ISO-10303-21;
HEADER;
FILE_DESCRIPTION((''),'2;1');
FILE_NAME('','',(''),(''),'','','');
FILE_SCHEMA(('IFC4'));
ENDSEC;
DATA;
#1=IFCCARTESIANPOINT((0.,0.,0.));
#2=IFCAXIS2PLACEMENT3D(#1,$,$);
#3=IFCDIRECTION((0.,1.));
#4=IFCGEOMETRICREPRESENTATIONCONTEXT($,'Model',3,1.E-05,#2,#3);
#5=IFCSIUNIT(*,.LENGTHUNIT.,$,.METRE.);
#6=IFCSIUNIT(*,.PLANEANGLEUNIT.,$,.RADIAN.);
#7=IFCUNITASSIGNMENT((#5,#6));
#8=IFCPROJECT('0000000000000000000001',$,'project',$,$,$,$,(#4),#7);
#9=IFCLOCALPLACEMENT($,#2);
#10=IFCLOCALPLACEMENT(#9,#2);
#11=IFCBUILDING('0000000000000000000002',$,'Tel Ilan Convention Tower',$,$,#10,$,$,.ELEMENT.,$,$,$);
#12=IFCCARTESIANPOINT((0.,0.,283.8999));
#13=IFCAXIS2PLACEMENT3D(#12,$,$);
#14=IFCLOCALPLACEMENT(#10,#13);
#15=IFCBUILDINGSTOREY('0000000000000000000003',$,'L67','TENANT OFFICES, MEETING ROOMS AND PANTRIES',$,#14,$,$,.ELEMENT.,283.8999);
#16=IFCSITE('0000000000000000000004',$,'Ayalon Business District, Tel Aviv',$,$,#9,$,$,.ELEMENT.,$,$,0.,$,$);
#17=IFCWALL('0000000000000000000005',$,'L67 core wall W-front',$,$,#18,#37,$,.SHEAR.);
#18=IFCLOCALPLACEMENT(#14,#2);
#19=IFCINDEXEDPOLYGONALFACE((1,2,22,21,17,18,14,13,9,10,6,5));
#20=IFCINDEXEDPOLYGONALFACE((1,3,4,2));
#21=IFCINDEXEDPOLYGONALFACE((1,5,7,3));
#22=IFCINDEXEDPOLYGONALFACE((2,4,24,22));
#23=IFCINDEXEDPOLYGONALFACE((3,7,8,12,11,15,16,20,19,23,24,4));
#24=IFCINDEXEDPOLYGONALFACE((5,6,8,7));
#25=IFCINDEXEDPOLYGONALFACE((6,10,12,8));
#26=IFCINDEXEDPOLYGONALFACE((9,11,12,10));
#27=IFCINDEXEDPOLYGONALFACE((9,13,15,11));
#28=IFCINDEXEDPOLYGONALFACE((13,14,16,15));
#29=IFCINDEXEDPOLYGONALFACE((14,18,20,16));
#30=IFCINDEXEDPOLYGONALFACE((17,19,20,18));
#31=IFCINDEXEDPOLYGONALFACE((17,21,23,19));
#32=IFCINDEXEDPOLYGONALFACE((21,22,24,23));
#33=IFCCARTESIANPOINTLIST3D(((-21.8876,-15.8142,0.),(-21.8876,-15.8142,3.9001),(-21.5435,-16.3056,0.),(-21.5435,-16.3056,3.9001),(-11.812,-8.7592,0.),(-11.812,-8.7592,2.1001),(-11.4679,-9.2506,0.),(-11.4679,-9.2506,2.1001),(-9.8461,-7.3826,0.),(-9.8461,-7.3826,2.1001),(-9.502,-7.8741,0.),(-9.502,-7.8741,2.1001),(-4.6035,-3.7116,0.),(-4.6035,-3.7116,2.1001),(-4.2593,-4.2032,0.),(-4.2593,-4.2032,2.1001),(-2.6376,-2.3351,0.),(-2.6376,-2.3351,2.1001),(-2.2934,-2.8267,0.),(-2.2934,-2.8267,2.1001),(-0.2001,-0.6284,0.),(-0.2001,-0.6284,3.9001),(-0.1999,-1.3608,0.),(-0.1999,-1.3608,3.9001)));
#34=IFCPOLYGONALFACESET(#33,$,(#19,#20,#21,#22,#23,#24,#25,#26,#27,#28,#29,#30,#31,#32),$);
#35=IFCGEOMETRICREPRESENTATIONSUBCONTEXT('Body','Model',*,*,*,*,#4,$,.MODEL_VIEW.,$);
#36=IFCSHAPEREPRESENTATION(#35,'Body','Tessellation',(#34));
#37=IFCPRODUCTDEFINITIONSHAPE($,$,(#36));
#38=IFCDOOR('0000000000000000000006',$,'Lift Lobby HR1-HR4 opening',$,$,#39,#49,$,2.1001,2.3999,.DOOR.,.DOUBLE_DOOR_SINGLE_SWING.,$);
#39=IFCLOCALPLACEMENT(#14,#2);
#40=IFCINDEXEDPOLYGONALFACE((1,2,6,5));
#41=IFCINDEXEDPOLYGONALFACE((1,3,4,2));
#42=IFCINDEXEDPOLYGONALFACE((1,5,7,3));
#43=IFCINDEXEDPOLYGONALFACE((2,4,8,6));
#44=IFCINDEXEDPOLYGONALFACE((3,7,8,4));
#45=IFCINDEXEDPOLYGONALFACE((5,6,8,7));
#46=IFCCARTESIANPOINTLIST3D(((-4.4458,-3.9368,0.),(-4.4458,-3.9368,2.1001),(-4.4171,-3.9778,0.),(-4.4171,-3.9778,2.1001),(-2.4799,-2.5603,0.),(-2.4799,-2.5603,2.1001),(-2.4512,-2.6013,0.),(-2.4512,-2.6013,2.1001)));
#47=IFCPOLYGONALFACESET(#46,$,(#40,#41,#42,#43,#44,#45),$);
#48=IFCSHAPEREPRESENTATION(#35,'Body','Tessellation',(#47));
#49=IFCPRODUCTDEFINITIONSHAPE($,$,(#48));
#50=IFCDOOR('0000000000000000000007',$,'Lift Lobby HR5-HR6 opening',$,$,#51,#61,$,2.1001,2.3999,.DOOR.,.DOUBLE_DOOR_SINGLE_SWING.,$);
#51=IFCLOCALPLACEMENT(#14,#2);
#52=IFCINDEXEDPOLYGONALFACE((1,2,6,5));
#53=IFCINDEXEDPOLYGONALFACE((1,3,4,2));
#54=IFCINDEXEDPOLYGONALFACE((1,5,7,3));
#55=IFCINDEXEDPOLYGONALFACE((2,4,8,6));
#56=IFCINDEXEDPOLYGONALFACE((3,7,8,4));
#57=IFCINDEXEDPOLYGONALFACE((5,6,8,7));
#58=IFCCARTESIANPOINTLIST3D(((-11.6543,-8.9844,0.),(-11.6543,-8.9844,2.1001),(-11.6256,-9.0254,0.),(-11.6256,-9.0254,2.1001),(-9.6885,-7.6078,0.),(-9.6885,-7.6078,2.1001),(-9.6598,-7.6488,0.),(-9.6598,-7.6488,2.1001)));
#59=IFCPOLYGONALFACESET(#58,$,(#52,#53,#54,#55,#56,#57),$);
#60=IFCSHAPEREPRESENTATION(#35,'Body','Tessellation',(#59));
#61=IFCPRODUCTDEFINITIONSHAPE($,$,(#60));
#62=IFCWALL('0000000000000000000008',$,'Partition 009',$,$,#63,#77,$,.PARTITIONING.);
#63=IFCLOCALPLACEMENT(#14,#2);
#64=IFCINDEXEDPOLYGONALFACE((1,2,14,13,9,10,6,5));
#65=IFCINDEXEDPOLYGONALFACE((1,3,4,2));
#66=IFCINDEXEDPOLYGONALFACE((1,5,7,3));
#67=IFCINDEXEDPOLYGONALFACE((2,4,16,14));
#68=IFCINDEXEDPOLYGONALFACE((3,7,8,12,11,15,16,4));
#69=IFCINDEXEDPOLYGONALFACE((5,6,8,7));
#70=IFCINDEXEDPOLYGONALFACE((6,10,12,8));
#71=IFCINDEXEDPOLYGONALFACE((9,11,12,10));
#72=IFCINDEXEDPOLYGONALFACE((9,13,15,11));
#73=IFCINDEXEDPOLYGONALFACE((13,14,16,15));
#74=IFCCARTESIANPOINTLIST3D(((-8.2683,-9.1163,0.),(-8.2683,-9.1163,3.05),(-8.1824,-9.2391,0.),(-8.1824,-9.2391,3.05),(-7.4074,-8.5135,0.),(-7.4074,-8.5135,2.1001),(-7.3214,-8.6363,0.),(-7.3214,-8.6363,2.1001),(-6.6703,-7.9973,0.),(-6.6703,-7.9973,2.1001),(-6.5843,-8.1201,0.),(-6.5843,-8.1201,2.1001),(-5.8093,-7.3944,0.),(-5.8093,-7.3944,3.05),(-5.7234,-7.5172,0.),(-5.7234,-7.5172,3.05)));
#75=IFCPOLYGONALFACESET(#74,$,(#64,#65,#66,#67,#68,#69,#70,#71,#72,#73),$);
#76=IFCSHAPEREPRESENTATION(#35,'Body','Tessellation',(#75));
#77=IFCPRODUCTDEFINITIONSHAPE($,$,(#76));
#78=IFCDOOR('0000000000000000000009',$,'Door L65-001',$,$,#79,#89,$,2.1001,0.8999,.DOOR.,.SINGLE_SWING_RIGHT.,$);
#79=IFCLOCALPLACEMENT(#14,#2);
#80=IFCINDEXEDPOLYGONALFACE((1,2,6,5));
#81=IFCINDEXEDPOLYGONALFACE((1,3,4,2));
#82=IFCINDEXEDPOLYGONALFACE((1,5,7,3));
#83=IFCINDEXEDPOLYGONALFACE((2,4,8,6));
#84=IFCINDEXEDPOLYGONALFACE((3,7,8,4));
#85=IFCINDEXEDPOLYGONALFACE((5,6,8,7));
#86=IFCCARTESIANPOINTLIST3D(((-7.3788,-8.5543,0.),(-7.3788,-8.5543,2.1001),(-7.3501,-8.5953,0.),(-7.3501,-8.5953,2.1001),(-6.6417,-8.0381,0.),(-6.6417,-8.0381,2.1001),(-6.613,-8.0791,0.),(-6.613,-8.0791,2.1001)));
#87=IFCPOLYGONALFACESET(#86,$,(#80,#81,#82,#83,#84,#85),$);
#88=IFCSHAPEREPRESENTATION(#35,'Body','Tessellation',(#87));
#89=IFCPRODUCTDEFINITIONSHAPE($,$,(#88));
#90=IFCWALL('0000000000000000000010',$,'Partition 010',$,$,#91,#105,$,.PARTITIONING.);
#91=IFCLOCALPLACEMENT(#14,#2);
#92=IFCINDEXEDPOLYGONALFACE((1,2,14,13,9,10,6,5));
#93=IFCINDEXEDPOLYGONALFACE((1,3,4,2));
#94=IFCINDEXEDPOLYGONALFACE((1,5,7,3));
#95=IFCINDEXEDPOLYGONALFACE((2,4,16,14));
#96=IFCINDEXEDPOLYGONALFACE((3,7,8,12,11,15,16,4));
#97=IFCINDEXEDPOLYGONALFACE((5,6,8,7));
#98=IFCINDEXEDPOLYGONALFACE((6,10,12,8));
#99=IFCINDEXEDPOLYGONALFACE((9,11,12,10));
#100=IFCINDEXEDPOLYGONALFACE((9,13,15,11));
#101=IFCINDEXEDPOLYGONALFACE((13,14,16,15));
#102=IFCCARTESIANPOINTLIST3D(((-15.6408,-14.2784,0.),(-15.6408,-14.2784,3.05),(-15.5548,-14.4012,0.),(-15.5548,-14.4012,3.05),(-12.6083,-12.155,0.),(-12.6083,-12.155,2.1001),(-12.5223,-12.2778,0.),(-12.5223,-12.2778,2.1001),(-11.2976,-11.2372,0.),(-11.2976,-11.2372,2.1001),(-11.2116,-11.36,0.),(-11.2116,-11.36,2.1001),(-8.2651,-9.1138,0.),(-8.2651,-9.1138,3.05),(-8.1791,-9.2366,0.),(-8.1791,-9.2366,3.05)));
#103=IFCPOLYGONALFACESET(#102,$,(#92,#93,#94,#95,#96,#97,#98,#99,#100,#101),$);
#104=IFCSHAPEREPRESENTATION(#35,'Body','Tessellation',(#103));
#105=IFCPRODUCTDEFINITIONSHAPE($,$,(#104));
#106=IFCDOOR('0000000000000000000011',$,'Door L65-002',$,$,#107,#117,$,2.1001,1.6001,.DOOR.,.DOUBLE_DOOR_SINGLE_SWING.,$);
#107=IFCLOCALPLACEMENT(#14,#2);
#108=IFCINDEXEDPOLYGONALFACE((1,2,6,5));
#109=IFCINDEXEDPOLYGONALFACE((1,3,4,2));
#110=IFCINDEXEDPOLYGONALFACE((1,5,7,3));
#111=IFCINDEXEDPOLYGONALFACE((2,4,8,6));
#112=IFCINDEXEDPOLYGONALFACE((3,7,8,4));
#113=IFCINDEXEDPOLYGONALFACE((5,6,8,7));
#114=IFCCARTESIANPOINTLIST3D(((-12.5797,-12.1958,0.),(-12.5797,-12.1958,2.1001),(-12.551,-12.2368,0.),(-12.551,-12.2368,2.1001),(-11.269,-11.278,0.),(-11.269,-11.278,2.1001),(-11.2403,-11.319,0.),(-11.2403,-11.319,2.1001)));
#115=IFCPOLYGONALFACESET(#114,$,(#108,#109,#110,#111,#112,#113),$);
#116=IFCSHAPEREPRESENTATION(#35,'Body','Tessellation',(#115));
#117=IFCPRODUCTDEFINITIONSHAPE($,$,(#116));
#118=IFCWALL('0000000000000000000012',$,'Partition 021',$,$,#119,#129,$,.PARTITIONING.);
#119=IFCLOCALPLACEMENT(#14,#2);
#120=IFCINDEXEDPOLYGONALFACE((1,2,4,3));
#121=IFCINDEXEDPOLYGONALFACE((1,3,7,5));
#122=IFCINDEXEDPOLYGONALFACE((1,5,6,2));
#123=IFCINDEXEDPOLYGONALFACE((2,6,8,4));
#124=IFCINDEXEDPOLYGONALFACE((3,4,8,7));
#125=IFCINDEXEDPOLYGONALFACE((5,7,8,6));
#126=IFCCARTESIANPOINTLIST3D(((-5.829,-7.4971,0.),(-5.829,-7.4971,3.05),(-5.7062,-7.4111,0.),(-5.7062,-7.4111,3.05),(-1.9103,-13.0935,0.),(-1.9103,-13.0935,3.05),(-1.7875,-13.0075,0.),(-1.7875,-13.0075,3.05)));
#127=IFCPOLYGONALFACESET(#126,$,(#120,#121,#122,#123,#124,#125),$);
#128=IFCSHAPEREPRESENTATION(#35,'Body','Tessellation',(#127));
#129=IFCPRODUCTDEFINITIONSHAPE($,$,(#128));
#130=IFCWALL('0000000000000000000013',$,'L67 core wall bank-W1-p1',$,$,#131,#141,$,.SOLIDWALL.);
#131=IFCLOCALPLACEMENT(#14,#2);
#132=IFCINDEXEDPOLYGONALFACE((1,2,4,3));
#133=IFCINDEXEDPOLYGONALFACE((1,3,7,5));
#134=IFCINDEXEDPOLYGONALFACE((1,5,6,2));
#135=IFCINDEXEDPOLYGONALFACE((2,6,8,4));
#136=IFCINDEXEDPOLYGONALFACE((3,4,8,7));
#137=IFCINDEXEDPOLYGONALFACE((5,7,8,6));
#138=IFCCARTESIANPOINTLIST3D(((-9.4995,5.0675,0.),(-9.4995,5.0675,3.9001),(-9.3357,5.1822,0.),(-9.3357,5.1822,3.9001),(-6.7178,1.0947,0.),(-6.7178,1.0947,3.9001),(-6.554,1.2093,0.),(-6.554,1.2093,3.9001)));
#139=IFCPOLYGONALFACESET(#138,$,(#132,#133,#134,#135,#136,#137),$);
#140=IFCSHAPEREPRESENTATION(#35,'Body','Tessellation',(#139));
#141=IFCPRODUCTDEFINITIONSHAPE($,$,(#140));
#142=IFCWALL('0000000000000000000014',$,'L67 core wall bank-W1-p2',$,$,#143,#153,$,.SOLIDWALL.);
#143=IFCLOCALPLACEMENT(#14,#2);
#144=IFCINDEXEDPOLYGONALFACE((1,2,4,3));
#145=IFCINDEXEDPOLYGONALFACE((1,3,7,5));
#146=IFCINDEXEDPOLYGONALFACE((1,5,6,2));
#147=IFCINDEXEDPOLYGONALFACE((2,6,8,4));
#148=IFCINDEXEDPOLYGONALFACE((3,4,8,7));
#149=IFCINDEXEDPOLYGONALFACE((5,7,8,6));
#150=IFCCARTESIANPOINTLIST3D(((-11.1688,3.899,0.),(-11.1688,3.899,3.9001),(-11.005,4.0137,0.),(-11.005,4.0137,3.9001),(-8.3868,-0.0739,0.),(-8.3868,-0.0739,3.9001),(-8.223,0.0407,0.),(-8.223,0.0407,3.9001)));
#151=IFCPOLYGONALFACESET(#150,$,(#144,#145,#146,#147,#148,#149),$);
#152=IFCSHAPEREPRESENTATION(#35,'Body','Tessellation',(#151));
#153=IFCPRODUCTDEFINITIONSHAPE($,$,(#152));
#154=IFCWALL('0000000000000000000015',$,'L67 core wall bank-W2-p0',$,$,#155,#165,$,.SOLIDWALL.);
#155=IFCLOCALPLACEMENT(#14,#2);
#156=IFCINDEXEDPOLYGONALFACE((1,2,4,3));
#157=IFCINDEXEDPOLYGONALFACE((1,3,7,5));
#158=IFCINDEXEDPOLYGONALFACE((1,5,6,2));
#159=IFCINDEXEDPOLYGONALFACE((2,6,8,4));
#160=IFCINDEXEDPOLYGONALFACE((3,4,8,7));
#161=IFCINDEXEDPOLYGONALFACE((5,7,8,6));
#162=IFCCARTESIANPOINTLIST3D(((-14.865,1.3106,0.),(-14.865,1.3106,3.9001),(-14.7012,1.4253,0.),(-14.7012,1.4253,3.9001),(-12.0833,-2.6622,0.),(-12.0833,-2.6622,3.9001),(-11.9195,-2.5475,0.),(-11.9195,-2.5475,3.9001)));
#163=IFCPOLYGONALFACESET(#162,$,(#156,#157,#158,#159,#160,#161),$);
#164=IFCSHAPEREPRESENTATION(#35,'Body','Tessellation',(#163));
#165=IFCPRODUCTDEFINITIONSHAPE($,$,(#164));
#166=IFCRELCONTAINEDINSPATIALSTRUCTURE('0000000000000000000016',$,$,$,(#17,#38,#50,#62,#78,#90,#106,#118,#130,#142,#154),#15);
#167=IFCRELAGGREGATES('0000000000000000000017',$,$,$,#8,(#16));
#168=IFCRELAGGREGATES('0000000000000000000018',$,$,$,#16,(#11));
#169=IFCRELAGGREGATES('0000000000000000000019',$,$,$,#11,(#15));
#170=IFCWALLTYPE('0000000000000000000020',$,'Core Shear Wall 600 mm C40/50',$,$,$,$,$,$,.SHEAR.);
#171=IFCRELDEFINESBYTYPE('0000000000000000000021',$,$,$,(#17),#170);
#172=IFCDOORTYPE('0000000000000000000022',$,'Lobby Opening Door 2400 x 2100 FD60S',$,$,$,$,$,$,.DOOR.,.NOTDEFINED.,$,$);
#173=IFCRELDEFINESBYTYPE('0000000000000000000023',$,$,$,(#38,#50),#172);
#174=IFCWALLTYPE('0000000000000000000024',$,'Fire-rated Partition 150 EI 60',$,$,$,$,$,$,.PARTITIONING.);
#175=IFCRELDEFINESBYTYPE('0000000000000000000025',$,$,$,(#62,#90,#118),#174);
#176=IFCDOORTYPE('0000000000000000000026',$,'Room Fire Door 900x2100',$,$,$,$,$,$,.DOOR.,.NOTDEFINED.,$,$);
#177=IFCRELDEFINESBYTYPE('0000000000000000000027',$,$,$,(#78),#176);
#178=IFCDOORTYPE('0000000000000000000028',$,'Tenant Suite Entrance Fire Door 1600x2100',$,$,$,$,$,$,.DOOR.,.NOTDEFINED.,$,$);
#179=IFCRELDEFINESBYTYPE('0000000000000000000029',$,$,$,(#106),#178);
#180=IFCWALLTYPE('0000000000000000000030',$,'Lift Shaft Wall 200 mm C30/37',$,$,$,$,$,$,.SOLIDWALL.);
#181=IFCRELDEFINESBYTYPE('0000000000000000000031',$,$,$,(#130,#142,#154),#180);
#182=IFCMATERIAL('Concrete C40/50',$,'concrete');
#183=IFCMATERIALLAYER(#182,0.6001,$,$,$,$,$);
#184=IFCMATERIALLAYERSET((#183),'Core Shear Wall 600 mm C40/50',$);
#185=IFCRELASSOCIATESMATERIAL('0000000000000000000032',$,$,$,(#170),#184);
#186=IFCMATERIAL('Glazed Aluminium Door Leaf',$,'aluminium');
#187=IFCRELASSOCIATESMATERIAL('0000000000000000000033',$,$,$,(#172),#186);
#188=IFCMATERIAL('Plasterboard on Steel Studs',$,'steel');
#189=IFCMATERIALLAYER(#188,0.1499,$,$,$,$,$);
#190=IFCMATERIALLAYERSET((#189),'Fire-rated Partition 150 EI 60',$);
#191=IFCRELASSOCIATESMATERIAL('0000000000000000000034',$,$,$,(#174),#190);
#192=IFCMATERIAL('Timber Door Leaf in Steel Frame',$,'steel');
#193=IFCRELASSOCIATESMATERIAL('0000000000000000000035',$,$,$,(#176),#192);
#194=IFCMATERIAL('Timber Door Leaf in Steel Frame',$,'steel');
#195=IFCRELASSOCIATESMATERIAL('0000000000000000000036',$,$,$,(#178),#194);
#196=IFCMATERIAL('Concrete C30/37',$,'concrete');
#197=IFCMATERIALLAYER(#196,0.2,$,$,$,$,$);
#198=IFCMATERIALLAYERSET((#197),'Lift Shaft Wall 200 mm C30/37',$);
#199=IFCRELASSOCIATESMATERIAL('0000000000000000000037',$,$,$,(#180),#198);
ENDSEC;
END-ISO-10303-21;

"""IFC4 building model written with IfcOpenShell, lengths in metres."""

from ifc_helpers import new_model, si_unit, direction, frame, frame_2d, origin, place, context, subcontext, project, spatial, polyline, rectangle, outline, extrude, material, layer, layer_set, type_object, element, fill, save


model = new_model("IFC4")

# Units and contexts
model_context = context("Model", 3, precision=1e-05, world=origin(), true_north=direction((0.0, 1.0)))
body_context = subcontext(model_context, "Body", "Model", "MODEL_VIEW")
ifc_project = project(units=[si_unit("LENGTHUNIT", "METRE"), si_unit("PLANEANGLEUNIT", "RADIAN")], contexts=[model_context])

# Site, building, storey
site_placement = place(None, origin())
site = spatial("IfcSite", under=ifc_project, at=site_placement, Name="Ayalon Business District, Tel Aviv", CompositionType="ELEMENT", RefElevation=0.0)
building_placement = place(site_placement, origin())
building = spatial("IfcBuilding", under=site, at=building_placement, Name="Tel Ilan Convention Tower", CompositionType="ELEMENT")
storey_placement = place(building_placement, frame((0.0, 0.0, 283.8999)))
storey = spatial("IfcBuildingStorey", under=building, at=storey_placement, Name="L67", Description="TENANT OFFICES, MEETING ROOMS AND PANTRIES", CompositionType="ELEMENT", Elevation=283.8999)

# Wall, openings, doors
ifc_material_1 = material(Name="Concrete C40/50", Category="concrete")
ifc_layer_1 = layer(ifc_material_1, 0.6001)
ifc_layer_set_1 = layer_set([ifc_layer_1], Name="Core Shear Wall 600 mm C40/50")
wall_type_1 = type_object("IfcWallType", Name="Core Shear Wall 600 mm C40/50", PredefinedType="SHEAR", material=ifc_layer_set_1)
wall_1_placement = place(storey_placement, frame((-0.0278, -0.874, 0.0), z_axis=(0.0, 0.0, 1.0), x_axis=(-0.81915, -0.573579, 0.0)))
wall_1 = element("IfcWall", 1, at=wall_1_placement, inside=storey, type_object=wall_type_1, Name="L67 core wall W-front", PredefinedType="SHEAR", context=body_context, shape_type="SweptSolid", body=[
    extrude(outline(polyline([(26.4758, 0.2998), (0.4202, 0.3), (0.0002, -0.3), (26.4758, -0.3), (26.4758, 0.2998)])), origin(), (0.0, 0.0, 1.0), 3.9001),
])
opening_1_placement = place(wall_1_placement, frame((2.9758, 0.0, 0.0)))
opening_1 = element("IfcOpeningElement", 2, at=opening_1_placement, cuts=wall_1, PredefinedType="OPENING", context=body_context, shape_type="SweptSolid", body=[
    extrude(rectangle(XDim=2.3999, YDim=2.1001, at=frame_2d((1.2, 1.05))), frame((0.0, 0.3101, 0.0), z_axis=(0.0, -1.0, 0.0), x_axis=(1.0, 0.0, 0.0)), (0.0, 0.0, 1.0), 0.6201),
])
opening_2_placement = place(wall_1_placement, frame((11.7759, 0.0, 0.0)))
opening_2 = element("IfcOpeningElement", 3, at=opening_2_placement, cuts=wall_1, PredefinedType="OPENING", context=body_context, shape_type="SweptSolid", body=[
    extrude(rectangle(XDim=2.3999, YDim=2.1001, at=frame_2d((1.2, 1.05))), frame((0.0, 0.3101, 0.0), z_axis=(0.0, -1.0, 0.0), x_axis=(1.0, 0.0, 0.0)), (0.0, 0.0, 1.0), 0.6201),
])
ifc_material_2 = material(Name="Glazed Aluminium Door Leaf", Category="aluminium")
door_type_1 = type_object("IfcDoorType", Name="Lobby Opening Door 2400 x 2100 FD60S", OperationType="NOTDEFINED", PredefinedType="DOOR", material=ifc_material_2)
door_1_placement = place(opening_1_placement, origin())
door_1 = element("IfcDoor", 4, at=door_1_placement, inside=storey, type_object=door_type_1, Name="Lift Lobby HR1-HR4 opening", OperationType="DOUBLE_DOOR_SINGLE_SWING", OverallHeight=2.1001, OverallWidth=2.3999, PredefinedType="DOOR", context=body_context, shape_type="SweptSolid", body=[
    extrude(rectangle(XDim=2.3999, YDim=2.1001, at=frame_2d((1.2, 1.05))), frame((0.0, 0.0249, 0.0), z_axis=(0.0, -1.0, 0.0), x_axis=(1.0, 0.0, 0.0)), (0.0, 0.0, 1.0), 0.05),
])
fill(opening_1, door_1)
door_2_placement = place(opening_2_placement, origin())
door_2 = element("IfcDoor", 5, at=door_2_placement, inside=storey, type_object=door_type_1, Name="Lift Lobby HR5-HR6 opening", OperationType="DOUBLE_DOOR_SINGLE_SWING", OverallHeight=2.1001, OverallWidth=2.3999, PredefinedType="DOOR", context=body_context, shape_type="SweptSolid", body=[
    extrude(rectangle(XDim=2.3999, YDim=2.1001, at=frame_2d((1.2, 1.05))), frame((0.0, 0.0249, 0.0), z_axis=(0.0, -1.0, 0.0), x_axis=(1.0, 0.0, 0.0)), (0.0, 0.0, 1.0), 0.05),
])
fill(opening_2, door_2)

# Walls, openings, doors
ifc_material_3 = material(Name="Plasterboard on Steel Studs", Category="steel")
ifc_layer_2 = layer(ifc_material_3, 0.1499)
ifc_layer_set_2 = layer_set([ifc_layer_2], Name="Fire-rated Partition 150 EI 60")
wall_type_2 = type_object("IfcWallType", Name="Fire-rated Partition 150 EI 60", PredefinedType="PARTITIONING", material=ifc_layer_set_2)
wall_2_placement = place(storey_placement, frame((-5.7664, -7.4558, 0.0), z_axis=(0.0, 0.0, 1.0), x_axis=(-0.819133, -0.573604, 0.0)))
wall_2 = element("IfcWall", 6, at=wall_2_placement, inside=storey, type_object=wall_type_2, Name="Partition 009", PredefinedType="PARTITIONING", context=body_context, shape_type="SweptSolid", body=[
    extrude(rectangle(XDim=3.002, YDim=0.1499, at=frame_2d((1.501, 0.0))), origin(), (0.0, 0.0, 1.0), 3.05),
])
opening_3_placement = place(wall_2_placement, frame((1.051, 0.0, 0.0)))
opening_3 = element("IfcOpeningElement", 7, at=opening_3_placement, cuts=wall_2, PredefinedType="OPENING", context=body_context, shape_type="SweptSolid", body=[
    extrude(rectangle(XDim=0.8999, YDim=2.1001, at=frame_2d((0.45, 1.05))), frame((0.0, 0.085, 0.0), z_axis=(0.0, -1.0, 0.0), x_axis=(1.0, 0.0, 0.0)), (0.0, 0.0, 1.0), 0.1699),
])
ifc_material_4 = material(Name="Timber Door Leaf in Steel Frame", Category="steel")
door_type_2 = type_object("IfcDoorType", Name="Room Fire Door 900x2100", OperationType="NOTDEFINED", PredefinedType="DOOR", material=ifc_material_4)
door_3_placement = place(opening_3_placement, origin())
door_3 = element("IfcDoor", 8, at=door_3_placement, inside=storey, type_object=door_type_2, Name="Door L65-001", OperationType="SINGLE_SWING_RIGHT", OverallHeight=2.1001, OverallWidth=0.8999, PredefinedType="DOOR", context=body_context, shape_type="SweptSolid", body=[
    extrude(rectangle(XDim=0.8999, YDim=2.1001, at=frame_2d((0.45, 1.05))), frame((0.0, 0.0249, 0.0), z_axis=(0.0, -1.0, 0.0), x_axis=(1.0, 0.0, 0.0)), (0.0, 0.0, 1.0), 0.05),
])
fill(opening_3, door_3)
wall_3_placement = place(storey_placement, frame((-8.2222, -9.1753, 0.0), z_axis=(0.0, 0.0, 1.0), x_axis=(-0.819152, -0.573577, 0.0)))
wall_3 = element("IfcWall", 9, at=wall_3_placement, inside=storey, type_object=wall_type_2, Name="Partition 010", PredefinedType="PARTITIONING", context=body_context, shape_type="SweptSolid", body=[
    extrude(rectangle(XDim=9.0042, YDim=0.1499, at=frame_2d((4.502, 0.0))), origin(), (0.0, 0.0, 1.0), 3.05),
])
opening_4_placement = place(wall_3_placement, frame((3.7019, 0.0, 0.0)))
opening_4 = element("IfcOpeningElement", 10, at=opening_4_placement, cuts=wall_3, PredefinedType="OPENING", context=body_context, shape_type="SweptSolid", body=[
    extrude(rectangle(XDim=1.6001, YDim=2.1001, at=frame_2d((0.8, 1.05))), frame((0.0, 0.085, 0.0), z_axis=(0.0, -1.0, 0.0), x_axis=(1.0, 0.0, 0.0)), (0.0, 0.0, 1.0), 0.1699),
])
ifc_material_5 = material(Name="Timber Door Leaf in Steel Frame", Category="steel")
door_type_3 = type_object("IfcDoorType", Name="Tenant Suite Entrance Fire Door 1600x2100", OperationType="NOTDEFINED", PredefinedType="DOOR", material=ifc_material_5)
door_4_placement = place(opening_4_placement, origin())
door_4 = element("IfcDoor", 11, at=door_4_placement, inside=storey, type_object=door_type_3, Name="Door L65-002", OperationType="DOUBLE_DOOR_SINGLE_SWING", OverallHeight=2.1001, OverallWidth=1.6001, PredefinedType="DOOR", context=body_context, shape_type="SweptSolid", body=[
    extrude(rectangle(XDim=1.6001, YDim=2.1001, at=frame_2d((0.8, 1.05))), frame((0.0, 0.0249, 0.0), z_axis=(0.0, -1.0, 0.0), x_axis=(1.0, 0.0, 0.0)), (0.0, 0.0, 1.0), 0.05),
])
fill(opening_4, door_4)

# Walls
wall_4_placement = place(storey_placement, frame((-1.8489, -13.0505, 0.0), z_axis=(0.0, 0.0, 1.0), x_axis=(-0.57358, 0.81915, 0.0)))
element("IfcWall", 12, at=wall_4_placement, inside=storey, type_object=wall_type_2, Name="Partition 021", PredefinedType="PARTITIONING", context=body_context, shape_type="SweptSolid", body=[
    extrude(rectangle(XDim=6.832, YDim=0.1499, at=frame_2d((3.416, 0.0))), origin(), (0.0, 0.0, 1.0), 3.05),
])
ifc_material_6 = material(Name="Concrete C30/37", Category="concrete")
ifc_layer_3 = layer(ifc_material_6, 0.2)
ifc_layer_set_3 = layer_set([ifc_layer_3], Name="Lift Shaft Wall 200 mm C30/37")
wall_type_3 = type_object("IfcWallType", Name="Lift Shaft Wall 200 mm C30/37", PredefinedType="SOLIDWALL", material=ifc_layer_set_3)
wall_5_placement = place(storey_placement, frame((-6.636, 1.1521, 0.0), z_axis=(0.0, 0.0, 1.0), x_axis=(-0.57356, 0.819163, 0.0)))
element("IfcWall", 13, at=wall_5_placement, inside=storey, type_object=wall_type_3, Name="L67 core wall bank-W1-p1", PredefinedType="SOLIDWALL", context=body_context, shape_type="SweptSolid", body=[
    extrude(rectangle(XDim=4.8499, YDim=0.2, at=frame_2d((2.4248, 0.0))), origin(), (0.0, 0.0, 1.0), 3.9001),
])
wall_6_placement = place(storey_placement, frame((-8.3049, -0.0166, 0.0), z_axis=(0.0, 0.0, 1.0), x_axis=(-0.573594, 0.81914, 0.0)))
element("IfcWall", 14, at=wall_6_placement, inside=storey, type_object=wall_type_3, Name="L67 core wall bank-W1-p2", PredefinedType="SOLIDWALL", context=body_context, shape_type="SweptSolid", body=[
    extrude(rectangle(XDim=4.8501, YDim=0.2, at=frame_2d((2.425, 0.0))), origin(), (0.0, 0.0, 1.0), 3.9001),
])
wall_7_placement = place(storey_placement, frame((-12.0015, -2.6047, 0.0), z_axis=(0.0, 0.0, 1.0), x_axis=(-0.57356, 0.819163, 0.0)))
element("IfcWall", 15, at=wall_7_placement, inside=storey, type_object=wall_type_3, Name="L67 core wall bank-W2-p0", PredefinedType="SOLIDWALL", context=body_context, shape_type="SweptSolid", body=[
    extrude(rectangle(XDim=4.8499, YDim=0.2, at=frame_2d((2.4248, 0.0))), origin(), (0.0, 0.0, 1.0), 3.9001),
])

save(model, "model.ifc")
